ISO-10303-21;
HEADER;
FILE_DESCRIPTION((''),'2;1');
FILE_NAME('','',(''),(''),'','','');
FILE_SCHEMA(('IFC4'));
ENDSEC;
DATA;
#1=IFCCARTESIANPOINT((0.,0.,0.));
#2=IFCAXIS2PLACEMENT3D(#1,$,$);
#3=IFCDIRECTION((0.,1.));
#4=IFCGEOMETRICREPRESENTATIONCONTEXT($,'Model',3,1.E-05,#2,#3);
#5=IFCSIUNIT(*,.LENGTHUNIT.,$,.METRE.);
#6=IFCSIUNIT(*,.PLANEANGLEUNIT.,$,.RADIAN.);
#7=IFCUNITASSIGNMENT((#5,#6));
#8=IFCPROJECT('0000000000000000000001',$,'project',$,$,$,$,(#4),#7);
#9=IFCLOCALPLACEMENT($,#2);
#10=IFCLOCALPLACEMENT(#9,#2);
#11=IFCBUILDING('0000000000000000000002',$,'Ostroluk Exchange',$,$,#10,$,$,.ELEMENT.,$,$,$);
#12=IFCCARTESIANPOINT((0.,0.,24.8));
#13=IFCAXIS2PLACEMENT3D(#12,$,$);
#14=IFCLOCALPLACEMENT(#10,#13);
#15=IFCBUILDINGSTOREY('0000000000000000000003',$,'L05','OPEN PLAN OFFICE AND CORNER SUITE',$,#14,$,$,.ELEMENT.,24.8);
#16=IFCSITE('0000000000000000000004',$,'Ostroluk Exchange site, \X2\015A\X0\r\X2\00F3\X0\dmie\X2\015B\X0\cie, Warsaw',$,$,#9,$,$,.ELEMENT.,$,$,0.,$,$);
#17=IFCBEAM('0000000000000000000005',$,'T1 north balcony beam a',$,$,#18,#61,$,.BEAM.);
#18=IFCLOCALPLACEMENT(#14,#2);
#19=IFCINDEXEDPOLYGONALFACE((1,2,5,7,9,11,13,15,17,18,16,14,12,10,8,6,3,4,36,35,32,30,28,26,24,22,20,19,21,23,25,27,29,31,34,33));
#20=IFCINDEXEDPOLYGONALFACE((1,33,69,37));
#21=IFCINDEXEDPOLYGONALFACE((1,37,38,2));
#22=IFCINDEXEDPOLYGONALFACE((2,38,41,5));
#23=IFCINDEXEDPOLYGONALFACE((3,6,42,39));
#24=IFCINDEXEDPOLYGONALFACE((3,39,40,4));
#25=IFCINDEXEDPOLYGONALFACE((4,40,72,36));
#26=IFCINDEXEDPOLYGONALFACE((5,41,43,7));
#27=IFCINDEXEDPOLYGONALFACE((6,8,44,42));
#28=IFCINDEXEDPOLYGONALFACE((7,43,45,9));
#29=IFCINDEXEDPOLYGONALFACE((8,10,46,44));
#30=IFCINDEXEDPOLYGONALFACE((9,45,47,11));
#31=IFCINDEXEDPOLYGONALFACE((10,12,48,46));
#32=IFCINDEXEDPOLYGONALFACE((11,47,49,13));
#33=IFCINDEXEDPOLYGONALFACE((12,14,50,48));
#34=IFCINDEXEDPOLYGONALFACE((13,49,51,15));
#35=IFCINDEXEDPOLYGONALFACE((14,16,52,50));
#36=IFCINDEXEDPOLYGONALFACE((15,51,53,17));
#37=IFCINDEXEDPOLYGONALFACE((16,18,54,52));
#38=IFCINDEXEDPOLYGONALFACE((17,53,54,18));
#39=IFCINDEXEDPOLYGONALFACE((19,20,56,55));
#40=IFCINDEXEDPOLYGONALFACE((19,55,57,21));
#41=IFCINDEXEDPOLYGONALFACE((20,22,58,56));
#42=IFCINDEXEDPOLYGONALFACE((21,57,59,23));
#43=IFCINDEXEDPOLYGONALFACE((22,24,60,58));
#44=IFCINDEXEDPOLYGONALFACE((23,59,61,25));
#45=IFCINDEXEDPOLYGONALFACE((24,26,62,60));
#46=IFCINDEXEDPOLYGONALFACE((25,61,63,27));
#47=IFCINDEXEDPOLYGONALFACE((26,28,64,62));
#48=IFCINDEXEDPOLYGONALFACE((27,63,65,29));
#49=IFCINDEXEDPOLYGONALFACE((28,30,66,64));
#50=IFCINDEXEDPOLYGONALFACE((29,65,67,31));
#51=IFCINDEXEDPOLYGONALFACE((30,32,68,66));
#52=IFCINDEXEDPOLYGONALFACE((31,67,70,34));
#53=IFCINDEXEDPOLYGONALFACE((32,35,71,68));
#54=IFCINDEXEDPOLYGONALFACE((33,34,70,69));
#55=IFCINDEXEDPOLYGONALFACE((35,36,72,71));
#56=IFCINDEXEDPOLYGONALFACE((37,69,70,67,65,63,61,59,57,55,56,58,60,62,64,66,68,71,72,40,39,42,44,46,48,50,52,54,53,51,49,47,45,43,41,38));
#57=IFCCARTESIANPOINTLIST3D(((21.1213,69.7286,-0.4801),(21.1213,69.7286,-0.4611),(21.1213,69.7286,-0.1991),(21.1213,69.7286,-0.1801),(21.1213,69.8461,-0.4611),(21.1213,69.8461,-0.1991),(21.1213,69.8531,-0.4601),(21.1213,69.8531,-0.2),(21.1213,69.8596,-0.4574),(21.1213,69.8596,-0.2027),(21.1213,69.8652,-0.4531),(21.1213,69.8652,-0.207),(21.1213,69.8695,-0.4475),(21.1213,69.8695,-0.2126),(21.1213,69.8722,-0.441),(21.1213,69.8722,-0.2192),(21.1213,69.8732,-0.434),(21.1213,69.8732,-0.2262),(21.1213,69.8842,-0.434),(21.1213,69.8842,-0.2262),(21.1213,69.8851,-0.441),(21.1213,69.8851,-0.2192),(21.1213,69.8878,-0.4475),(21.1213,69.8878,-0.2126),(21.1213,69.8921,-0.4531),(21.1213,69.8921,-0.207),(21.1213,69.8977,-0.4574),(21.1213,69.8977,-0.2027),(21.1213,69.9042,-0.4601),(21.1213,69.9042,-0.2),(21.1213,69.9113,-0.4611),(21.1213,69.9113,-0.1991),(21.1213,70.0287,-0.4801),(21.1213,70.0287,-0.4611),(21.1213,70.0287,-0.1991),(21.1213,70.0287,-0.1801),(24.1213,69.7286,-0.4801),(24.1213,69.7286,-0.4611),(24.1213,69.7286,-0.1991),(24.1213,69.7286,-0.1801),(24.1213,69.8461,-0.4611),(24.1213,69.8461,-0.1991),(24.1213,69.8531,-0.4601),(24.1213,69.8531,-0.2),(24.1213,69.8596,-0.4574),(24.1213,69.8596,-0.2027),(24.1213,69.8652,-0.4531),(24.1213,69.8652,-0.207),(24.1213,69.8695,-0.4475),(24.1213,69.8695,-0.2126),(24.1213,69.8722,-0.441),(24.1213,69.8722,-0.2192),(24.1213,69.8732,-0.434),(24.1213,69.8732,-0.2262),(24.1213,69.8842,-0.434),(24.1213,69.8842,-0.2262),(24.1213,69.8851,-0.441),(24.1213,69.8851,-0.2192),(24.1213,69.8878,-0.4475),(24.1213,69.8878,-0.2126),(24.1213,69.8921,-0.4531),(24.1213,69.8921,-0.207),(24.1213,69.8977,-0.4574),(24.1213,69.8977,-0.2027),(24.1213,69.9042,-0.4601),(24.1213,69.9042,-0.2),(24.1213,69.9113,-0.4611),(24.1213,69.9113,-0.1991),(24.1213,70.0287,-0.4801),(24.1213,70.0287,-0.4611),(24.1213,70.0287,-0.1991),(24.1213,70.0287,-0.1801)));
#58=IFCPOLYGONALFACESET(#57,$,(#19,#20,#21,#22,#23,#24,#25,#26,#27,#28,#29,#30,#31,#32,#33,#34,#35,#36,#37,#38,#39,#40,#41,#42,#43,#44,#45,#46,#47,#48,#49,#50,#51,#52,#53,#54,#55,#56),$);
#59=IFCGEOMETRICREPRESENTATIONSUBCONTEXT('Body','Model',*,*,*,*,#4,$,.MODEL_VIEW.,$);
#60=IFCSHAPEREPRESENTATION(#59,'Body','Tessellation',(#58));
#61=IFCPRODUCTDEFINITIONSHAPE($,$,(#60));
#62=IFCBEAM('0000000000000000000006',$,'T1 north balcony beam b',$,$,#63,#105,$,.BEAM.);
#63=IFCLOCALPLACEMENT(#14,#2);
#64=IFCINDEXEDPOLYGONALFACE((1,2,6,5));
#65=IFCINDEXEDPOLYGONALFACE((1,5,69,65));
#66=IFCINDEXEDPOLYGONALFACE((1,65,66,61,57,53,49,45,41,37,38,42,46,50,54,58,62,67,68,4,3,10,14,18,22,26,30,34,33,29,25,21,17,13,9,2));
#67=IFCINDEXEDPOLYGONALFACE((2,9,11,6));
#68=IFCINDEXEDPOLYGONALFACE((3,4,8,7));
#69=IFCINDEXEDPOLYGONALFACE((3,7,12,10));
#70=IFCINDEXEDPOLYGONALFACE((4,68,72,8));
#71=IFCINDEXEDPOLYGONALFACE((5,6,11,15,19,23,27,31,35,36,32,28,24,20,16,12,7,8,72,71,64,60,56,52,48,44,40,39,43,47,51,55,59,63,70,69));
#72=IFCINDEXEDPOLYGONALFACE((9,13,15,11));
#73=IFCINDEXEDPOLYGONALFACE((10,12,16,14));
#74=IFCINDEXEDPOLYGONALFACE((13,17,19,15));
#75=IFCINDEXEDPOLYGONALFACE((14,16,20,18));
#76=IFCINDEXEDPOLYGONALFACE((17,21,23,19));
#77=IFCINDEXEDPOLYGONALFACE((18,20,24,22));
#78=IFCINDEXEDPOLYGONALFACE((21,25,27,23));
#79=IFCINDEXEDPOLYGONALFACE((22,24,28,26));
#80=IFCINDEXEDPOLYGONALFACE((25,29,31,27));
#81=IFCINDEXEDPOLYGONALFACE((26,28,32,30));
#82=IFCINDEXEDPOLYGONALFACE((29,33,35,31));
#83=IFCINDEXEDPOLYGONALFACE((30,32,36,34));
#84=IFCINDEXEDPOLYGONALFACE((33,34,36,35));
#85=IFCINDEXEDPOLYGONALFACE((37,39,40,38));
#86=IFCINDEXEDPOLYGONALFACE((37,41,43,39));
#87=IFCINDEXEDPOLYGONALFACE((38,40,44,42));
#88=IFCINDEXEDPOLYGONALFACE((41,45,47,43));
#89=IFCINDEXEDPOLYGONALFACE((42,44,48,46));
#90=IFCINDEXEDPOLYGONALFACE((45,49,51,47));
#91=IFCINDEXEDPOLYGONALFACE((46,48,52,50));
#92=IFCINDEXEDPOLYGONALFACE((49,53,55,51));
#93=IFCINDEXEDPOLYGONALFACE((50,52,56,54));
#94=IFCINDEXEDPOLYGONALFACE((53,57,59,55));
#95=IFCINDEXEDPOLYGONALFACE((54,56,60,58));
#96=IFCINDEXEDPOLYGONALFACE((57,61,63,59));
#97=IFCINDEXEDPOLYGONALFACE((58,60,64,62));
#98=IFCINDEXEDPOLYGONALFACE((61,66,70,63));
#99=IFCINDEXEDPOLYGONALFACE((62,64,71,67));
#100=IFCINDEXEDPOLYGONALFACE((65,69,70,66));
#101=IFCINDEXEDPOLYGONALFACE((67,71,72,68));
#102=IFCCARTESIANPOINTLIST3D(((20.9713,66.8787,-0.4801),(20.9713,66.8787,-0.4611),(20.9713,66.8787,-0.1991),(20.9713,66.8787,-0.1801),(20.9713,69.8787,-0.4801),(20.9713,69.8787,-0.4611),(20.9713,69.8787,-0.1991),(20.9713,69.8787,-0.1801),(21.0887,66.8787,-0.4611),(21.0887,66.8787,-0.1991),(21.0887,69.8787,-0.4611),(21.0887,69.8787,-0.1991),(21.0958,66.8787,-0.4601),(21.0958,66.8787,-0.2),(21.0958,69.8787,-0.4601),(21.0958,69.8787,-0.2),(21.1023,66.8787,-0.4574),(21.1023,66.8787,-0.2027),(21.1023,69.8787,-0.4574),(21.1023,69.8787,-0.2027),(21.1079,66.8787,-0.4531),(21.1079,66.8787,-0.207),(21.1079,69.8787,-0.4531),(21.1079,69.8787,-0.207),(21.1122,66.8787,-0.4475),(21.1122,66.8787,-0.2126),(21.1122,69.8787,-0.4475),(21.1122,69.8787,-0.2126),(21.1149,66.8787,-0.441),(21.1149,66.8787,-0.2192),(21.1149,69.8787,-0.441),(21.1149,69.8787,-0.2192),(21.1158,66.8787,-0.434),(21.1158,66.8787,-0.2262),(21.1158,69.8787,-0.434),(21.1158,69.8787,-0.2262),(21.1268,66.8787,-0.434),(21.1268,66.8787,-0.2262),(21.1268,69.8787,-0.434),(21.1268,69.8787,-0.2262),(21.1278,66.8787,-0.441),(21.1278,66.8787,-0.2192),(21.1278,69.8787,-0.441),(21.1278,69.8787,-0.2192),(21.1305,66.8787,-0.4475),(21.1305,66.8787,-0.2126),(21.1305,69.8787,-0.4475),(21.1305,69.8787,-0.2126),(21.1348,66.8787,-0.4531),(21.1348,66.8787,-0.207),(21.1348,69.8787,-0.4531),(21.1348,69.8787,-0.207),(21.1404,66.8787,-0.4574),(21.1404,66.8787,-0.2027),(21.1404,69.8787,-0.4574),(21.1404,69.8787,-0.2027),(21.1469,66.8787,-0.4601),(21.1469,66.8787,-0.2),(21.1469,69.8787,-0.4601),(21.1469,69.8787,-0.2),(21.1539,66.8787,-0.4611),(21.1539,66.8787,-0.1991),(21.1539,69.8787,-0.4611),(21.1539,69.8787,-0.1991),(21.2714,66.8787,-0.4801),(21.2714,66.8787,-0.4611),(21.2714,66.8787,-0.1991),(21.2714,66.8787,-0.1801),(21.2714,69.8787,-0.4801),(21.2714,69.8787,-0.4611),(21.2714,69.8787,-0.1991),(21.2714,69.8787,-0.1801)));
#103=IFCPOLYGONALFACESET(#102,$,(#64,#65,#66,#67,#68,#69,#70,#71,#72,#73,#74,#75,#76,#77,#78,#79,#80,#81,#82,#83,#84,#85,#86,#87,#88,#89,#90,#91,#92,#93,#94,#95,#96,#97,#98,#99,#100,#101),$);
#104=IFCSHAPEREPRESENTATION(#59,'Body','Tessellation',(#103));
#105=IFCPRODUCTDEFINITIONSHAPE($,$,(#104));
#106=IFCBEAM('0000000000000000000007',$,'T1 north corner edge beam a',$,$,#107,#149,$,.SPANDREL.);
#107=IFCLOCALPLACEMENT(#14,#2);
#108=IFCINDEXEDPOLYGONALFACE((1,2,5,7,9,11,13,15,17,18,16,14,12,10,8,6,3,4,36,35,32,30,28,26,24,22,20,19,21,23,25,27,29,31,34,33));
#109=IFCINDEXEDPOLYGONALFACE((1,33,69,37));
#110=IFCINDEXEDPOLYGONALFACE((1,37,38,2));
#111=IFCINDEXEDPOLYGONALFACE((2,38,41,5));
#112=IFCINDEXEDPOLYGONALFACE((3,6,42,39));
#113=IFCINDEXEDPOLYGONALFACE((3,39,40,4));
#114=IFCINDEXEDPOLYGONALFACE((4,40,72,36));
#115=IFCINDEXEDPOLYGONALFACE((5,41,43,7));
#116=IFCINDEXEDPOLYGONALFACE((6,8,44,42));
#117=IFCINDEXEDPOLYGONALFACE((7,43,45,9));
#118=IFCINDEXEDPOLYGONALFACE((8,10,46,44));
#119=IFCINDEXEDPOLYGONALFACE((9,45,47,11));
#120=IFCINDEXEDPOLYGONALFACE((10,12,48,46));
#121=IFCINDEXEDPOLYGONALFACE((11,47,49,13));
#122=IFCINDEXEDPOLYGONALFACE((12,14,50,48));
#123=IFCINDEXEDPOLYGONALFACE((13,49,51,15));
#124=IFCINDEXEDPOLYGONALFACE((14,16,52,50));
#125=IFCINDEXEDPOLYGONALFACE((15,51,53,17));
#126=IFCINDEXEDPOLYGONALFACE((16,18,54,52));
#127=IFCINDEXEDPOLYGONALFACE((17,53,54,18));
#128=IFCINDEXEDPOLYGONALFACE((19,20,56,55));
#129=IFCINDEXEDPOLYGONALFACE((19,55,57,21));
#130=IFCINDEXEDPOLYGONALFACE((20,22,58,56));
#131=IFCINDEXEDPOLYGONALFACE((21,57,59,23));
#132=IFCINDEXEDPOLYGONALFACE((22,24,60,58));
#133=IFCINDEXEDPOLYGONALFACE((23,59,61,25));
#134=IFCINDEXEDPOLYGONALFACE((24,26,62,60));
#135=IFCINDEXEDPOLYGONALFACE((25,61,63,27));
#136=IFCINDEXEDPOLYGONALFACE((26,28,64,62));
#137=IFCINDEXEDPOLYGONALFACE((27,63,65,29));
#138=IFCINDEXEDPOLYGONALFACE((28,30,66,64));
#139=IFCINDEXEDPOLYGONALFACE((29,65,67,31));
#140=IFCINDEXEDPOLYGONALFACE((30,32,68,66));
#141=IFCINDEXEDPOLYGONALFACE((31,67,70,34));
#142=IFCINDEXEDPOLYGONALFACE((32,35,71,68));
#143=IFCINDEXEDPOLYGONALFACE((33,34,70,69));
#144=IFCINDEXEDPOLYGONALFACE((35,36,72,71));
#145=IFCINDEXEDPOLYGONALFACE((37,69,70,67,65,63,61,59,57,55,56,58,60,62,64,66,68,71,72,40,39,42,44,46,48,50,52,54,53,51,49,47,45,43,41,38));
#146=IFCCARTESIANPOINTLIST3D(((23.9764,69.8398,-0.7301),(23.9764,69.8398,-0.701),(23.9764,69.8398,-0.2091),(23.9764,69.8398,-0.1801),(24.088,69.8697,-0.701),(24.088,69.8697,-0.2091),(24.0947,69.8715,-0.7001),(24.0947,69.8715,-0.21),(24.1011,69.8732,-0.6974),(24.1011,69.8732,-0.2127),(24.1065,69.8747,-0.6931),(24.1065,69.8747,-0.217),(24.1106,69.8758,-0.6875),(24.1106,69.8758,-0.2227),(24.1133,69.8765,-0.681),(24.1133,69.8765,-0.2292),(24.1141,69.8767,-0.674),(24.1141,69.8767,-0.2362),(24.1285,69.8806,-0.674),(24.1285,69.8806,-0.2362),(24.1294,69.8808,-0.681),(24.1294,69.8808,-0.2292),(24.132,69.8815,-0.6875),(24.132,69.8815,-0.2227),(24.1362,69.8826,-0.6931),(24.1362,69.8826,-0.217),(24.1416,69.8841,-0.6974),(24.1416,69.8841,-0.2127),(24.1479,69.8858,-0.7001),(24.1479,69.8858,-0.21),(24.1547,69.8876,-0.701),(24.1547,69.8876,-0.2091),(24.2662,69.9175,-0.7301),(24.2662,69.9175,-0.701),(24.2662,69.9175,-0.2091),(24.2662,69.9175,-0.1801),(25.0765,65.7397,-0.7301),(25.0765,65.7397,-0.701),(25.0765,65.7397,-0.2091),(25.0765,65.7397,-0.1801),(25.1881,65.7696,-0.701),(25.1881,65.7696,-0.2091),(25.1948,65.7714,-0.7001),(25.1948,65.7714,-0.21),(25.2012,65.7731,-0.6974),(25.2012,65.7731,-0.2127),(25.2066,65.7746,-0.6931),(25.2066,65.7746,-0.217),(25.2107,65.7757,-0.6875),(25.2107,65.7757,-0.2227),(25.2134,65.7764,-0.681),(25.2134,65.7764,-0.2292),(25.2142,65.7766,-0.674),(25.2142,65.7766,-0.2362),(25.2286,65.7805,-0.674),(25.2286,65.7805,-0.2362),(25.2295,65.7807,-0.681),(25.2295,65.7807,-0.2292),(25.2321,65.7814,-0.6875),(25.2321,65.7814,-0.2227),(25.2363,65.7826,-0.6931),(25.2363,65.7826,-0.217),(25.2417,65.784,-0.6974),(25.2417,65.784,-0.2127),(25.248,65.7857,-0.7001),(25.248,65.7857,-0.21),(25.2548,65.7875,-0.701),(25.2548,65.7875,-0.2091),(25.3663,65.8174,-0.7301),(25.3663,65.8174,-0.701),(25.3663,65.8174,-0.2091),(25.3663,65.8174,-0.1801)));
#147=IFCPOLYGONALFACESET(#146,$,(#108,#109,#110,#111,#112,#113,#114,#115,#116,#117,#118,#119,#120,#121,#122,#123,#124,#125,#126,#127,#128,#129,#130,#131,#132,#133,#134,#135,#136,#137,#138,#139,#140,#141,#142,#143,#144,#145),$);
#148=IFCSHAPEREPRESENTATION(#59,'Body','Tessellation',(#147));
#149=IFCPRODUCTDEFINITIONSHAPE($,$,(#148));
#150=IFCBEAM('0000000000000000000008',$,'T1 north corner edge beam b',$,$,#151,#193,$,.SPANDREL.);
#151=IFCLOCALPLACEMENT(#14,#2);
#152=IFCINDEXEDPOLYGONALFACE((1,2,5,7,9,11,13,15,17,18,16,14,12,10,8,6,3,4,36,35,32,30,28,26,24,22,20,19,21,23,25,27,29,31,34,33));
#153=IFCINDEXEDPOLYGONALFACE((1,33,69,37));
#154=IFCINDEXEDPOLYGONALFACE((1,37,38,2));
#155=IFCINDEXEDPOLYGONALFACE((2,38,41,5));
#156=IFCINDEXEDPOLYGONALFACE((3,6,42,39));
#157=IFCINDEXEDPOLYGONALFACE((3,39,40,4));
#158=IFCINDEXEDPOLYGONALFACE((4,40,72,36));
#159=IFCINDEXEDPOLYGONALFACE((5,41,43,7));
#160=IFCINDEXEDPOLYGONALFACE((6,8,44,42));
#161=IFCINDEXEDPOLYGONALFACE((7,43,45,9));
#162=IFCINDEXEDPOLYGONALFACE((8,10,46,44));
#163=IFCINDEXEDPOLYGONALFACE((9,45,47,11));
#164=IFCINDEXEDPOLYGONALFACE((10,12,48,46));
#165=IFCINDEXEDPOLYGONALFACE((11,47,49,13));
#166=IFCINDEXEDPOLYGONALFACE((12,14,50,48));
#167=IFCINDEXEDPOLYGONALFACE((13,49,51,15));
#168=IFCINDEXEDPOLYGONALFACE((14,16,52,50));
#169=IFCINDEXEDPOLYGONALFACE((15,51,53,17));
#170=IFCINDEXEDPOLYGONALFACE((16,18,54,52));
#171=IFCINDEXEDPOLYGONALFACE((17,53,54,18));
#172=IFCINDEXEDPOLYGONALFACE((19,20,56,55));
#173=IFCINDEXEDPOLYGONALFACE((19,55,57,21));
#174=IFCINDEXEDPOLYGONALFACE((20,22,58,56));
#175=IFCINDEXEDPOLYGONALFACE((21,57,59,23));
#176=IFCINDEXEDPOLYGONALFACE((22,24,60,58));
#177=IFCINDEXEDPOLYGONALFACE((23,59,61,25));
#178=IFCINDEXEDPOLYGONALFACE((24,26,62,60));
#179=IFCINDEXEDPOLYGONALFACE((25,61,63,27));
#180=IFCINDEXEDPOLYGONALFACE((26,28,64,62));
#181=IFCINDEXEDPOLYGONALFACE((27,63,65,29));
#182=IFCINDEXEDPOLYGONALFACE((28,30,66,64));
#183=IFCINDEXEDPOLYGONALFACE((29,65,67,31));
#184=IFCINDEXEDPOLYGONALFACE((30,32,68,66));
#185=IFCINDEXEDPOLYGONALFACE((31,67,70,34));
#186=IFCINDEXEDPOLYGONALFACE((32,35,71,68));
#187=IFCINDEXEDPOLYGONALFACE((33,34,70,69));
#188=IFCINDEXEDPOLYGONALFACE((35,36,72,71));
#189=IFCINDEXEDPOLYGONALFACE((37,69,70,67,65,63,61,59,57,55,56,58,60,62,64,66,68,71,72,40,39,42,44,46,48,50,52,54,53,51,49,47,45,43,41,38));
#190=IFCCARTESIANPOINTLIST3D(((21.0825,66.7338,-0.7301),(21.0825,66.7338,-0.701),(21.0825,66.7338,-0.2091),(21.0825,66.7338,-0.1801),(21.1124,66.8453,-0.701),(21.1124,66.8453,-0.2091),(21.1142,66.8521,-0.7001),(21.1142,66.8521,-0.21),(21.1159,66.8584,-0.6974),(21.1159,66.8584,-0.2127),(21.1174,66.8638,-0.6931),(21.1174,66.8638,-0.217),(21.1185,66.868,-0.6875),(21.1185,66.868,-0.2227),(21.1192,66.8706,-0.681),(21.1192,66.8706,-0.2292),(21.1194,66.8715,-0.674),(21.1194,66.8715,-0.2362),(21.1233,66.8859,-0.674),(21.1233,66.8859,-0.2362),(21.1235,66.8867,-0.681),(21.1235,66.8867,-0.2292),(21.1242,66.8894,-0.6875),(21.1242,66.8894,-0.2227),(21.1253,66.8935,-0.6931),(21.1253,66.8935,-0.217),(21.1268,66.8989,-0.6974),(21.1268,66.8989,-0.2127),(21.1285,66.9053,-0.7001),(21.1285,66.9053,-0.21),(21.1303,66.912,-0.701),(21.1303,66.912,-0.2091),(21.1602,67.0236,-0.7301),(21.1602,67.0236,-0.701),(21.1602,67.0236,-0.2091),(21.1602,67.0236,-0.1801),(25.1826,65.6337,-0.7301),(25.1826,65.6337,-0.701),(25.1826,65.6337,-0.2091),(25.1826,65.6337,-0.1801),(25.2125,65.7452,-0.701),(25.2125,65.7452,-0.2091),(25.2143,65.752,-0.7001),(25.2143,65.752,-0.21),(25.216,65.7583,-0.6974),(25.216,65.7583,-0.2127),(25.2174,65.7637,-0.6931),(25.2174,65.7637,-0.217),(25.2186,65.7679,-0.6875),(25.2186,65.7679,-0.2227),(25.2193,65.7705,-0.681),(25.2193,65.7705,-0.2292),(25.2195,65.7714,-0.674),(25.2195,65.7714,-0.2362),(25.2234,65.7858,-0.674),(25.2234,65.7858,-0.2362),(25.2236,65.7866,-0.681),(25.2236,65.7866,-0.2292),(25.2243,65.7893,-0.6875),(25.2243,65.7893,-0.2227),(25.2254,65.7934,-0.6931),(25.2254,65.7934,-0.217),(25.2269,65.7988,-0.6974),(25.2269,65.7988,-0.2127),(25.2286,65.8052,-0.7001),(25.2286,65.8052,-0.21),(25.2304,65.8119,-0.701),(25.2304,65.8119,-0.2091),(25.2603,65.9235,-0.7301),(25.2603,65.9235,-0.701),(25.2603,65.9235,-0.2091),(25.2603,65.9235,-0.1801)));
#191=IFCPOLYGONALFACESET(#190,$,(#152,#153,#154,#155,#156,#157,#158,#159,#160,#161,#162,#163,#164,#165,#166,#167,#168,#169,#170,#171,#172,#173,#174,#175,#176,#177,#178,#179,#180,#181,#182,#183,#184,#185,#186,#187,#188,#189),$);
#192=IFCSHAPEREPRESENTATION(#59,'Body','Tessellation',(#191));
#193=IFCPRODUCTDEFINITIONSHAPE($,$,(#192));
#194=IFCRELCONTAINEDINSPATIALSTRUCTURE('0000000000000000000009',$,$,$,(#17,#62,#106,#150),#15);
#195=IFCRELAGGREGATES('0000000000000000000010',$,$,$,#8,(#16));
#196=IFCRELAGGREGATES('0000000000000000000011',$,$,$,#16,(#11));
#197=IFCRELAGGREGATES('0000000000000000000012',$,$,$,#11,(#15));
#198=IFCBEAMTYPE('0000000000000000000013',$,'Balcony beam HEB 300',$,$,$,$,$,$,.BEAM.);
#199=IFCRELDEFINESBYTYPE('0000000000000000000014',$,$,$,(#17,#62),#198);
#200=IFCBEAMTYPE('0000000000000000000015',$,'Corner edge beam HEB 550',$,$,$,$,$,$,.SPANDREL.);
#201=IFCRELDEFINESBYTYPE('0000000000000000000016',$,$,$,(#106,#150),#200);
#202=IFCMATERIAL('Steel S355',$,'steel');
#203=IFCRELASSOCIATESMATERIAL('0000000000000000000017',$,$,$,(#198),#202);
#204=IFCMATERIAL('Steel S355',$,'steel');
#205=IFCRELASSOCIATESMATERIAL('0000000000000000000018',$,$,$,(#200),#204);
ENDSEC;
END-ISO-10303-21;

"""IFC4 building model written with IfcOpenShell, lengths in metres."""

from ifc_helpers import new_model, si_unit, direction, frame, origin, origin_2d, place, context, subcontext, project, spatial, i_section, extrude, material, material_profile, profile_set, type_object, element, save


model = new_model("IFC4")

# Units and contexts
model_context = context("Model", 3, precision=1e-05, world=origin(), true_north=direction((0.0, 1.0)))
body_context = subcontext(model_context, "Body", "Model", "MODEL_VIEW")
ifc_project = project(units=[si_unit("LENGTHUNIT", "METRE"), si_unit("PLANEANGLEUNIT", "RADIAN")], contexts=[model_context])

# Site, building, storey
site_placement = place(None, origin())
site = spatial("IfcSite", under=ifc_project, at=site_placement, Name="Ostroluk Exchange site, Śródmieście, Warsaw", CompositionType="ELEMENT", RefElevation=0.0)
building_placement = place(site_placement, origin())
building = spatial("IfcBuilding", under=site, at=building_placement, Name="Ostroluk Exchange", CompositionType="ELEMENT")
storey_placement = place(building_placement, frame((0.0, 0.0, 24.8)))
storey = spatial("IfcBuildingStorey", under=building, at=storey_placement, Name="L05", Description="OPEN PLAN OFFICE AND CORNER SUITE", CompositionType="ELEMENT", Elevation=24.8)

# Beams
ifc_material_1 = material(Name="Steel S355", Category="steel")
ifc_material_profile_1 = material_profile(ifc_material_1, i_section(OverallWidth=0.3, OverallDepth=0.3, WebThickness=0.011, FlangeThickness=0.019, FilletRadius=0.0271, at=origin_2d()), Name="HEB 300")
ifc_profile_set_1 = profile_set([ifc_material_profile_1], Name="Steel S355")
beam_type_1 = type_object("IfcBeamType", Name="Balcony beam HEB 300", PredefinedType="BEAM", material=ifc_profile_set_1)
for number, where, z_axis, x_axis, name in (
    (1, (24.1213, 69.8787, -0.3301), (-1.0, 0.0, 0.0), (0.0, -1.0, 0.0), "T1 north balcony beam a"),
    (2, (21.1213, 66.8787, -0.3301), (0.0, 1.0, 0.0), (-1.0, 0.0, 0.0), "T1 north balcony beam b"),
):
    element("IfcBeam", number, at=place(storey_placement, frame(where, z_axis=z_axis, x_axis=x_axis)), inside=storey, type_object=beam_type_1, Name=name, PredefinedType="BEAM", context=body_context, shape_type="SweptSolid", body=[
        extrude(i_section(OverallWidth=0.3, OverallDepth=0.3, WebThickness=0.011, FlangeThickness=0.019, FilletRadius=0.0271, at=origin_2d()), origin(), (0.0, 0.0, 1.0), 3.0),
    ])
ifc_material_2 = material(Name="Steel S355", Category="steel")
ifc_material_profile_2 = material_profile(ifc_material_2, i_section(OverallWidth=0.3, OverallDepth=0.55, WebThickness=0.0149, FlangeThickness=0.0291, FilletRadius=0.0271, at=origin_2d()), Name="HEB 550")
ifc_profile_set_2 = profile_set([ifc_material_profile_2], Name="Steel S355")
beam_type_2 = type_object("IfcBeamType", Name="Corner edge beam HEB 550", PredefinedType="SPANDREL", material=ifc_profile_set_2)
for number, where, z_axis, x_axis, name in (
    (3, (25.2214, 65.7786, -0.4551), (-0.259144, 0.965839, 0.0), (-0.965839, -0.259144, 0.0), "T1 north corner edge beam a"),
    (4, (25.2214, 65.7786, -0.4551), (-0.965839, 0.259144, 0.0), (-0.259144, -0.965839, 0.0), "T1 north corner edge beam b"),
):
    element("IfcBeam", number, at=place(storey_placement, frame(where, z_axis=z_axis, x_axis=x_axis)), inside=storey, type_object=beam_type_2, Name=name, PredefinedType="SPANDREL", context=body_context, shape_type="SweptSolid", body=[
        extrude(i_section(OverallWidth=0.3, OverallDepth=0.55, WebThickness=0.0149, FlangeThickness=0.0291, FilletRadius=0.0271, at=origin_2d()), origin(), (0.0, 0.0, 1.0), 4.2451),
    ])

save(model, "model.ifc")
